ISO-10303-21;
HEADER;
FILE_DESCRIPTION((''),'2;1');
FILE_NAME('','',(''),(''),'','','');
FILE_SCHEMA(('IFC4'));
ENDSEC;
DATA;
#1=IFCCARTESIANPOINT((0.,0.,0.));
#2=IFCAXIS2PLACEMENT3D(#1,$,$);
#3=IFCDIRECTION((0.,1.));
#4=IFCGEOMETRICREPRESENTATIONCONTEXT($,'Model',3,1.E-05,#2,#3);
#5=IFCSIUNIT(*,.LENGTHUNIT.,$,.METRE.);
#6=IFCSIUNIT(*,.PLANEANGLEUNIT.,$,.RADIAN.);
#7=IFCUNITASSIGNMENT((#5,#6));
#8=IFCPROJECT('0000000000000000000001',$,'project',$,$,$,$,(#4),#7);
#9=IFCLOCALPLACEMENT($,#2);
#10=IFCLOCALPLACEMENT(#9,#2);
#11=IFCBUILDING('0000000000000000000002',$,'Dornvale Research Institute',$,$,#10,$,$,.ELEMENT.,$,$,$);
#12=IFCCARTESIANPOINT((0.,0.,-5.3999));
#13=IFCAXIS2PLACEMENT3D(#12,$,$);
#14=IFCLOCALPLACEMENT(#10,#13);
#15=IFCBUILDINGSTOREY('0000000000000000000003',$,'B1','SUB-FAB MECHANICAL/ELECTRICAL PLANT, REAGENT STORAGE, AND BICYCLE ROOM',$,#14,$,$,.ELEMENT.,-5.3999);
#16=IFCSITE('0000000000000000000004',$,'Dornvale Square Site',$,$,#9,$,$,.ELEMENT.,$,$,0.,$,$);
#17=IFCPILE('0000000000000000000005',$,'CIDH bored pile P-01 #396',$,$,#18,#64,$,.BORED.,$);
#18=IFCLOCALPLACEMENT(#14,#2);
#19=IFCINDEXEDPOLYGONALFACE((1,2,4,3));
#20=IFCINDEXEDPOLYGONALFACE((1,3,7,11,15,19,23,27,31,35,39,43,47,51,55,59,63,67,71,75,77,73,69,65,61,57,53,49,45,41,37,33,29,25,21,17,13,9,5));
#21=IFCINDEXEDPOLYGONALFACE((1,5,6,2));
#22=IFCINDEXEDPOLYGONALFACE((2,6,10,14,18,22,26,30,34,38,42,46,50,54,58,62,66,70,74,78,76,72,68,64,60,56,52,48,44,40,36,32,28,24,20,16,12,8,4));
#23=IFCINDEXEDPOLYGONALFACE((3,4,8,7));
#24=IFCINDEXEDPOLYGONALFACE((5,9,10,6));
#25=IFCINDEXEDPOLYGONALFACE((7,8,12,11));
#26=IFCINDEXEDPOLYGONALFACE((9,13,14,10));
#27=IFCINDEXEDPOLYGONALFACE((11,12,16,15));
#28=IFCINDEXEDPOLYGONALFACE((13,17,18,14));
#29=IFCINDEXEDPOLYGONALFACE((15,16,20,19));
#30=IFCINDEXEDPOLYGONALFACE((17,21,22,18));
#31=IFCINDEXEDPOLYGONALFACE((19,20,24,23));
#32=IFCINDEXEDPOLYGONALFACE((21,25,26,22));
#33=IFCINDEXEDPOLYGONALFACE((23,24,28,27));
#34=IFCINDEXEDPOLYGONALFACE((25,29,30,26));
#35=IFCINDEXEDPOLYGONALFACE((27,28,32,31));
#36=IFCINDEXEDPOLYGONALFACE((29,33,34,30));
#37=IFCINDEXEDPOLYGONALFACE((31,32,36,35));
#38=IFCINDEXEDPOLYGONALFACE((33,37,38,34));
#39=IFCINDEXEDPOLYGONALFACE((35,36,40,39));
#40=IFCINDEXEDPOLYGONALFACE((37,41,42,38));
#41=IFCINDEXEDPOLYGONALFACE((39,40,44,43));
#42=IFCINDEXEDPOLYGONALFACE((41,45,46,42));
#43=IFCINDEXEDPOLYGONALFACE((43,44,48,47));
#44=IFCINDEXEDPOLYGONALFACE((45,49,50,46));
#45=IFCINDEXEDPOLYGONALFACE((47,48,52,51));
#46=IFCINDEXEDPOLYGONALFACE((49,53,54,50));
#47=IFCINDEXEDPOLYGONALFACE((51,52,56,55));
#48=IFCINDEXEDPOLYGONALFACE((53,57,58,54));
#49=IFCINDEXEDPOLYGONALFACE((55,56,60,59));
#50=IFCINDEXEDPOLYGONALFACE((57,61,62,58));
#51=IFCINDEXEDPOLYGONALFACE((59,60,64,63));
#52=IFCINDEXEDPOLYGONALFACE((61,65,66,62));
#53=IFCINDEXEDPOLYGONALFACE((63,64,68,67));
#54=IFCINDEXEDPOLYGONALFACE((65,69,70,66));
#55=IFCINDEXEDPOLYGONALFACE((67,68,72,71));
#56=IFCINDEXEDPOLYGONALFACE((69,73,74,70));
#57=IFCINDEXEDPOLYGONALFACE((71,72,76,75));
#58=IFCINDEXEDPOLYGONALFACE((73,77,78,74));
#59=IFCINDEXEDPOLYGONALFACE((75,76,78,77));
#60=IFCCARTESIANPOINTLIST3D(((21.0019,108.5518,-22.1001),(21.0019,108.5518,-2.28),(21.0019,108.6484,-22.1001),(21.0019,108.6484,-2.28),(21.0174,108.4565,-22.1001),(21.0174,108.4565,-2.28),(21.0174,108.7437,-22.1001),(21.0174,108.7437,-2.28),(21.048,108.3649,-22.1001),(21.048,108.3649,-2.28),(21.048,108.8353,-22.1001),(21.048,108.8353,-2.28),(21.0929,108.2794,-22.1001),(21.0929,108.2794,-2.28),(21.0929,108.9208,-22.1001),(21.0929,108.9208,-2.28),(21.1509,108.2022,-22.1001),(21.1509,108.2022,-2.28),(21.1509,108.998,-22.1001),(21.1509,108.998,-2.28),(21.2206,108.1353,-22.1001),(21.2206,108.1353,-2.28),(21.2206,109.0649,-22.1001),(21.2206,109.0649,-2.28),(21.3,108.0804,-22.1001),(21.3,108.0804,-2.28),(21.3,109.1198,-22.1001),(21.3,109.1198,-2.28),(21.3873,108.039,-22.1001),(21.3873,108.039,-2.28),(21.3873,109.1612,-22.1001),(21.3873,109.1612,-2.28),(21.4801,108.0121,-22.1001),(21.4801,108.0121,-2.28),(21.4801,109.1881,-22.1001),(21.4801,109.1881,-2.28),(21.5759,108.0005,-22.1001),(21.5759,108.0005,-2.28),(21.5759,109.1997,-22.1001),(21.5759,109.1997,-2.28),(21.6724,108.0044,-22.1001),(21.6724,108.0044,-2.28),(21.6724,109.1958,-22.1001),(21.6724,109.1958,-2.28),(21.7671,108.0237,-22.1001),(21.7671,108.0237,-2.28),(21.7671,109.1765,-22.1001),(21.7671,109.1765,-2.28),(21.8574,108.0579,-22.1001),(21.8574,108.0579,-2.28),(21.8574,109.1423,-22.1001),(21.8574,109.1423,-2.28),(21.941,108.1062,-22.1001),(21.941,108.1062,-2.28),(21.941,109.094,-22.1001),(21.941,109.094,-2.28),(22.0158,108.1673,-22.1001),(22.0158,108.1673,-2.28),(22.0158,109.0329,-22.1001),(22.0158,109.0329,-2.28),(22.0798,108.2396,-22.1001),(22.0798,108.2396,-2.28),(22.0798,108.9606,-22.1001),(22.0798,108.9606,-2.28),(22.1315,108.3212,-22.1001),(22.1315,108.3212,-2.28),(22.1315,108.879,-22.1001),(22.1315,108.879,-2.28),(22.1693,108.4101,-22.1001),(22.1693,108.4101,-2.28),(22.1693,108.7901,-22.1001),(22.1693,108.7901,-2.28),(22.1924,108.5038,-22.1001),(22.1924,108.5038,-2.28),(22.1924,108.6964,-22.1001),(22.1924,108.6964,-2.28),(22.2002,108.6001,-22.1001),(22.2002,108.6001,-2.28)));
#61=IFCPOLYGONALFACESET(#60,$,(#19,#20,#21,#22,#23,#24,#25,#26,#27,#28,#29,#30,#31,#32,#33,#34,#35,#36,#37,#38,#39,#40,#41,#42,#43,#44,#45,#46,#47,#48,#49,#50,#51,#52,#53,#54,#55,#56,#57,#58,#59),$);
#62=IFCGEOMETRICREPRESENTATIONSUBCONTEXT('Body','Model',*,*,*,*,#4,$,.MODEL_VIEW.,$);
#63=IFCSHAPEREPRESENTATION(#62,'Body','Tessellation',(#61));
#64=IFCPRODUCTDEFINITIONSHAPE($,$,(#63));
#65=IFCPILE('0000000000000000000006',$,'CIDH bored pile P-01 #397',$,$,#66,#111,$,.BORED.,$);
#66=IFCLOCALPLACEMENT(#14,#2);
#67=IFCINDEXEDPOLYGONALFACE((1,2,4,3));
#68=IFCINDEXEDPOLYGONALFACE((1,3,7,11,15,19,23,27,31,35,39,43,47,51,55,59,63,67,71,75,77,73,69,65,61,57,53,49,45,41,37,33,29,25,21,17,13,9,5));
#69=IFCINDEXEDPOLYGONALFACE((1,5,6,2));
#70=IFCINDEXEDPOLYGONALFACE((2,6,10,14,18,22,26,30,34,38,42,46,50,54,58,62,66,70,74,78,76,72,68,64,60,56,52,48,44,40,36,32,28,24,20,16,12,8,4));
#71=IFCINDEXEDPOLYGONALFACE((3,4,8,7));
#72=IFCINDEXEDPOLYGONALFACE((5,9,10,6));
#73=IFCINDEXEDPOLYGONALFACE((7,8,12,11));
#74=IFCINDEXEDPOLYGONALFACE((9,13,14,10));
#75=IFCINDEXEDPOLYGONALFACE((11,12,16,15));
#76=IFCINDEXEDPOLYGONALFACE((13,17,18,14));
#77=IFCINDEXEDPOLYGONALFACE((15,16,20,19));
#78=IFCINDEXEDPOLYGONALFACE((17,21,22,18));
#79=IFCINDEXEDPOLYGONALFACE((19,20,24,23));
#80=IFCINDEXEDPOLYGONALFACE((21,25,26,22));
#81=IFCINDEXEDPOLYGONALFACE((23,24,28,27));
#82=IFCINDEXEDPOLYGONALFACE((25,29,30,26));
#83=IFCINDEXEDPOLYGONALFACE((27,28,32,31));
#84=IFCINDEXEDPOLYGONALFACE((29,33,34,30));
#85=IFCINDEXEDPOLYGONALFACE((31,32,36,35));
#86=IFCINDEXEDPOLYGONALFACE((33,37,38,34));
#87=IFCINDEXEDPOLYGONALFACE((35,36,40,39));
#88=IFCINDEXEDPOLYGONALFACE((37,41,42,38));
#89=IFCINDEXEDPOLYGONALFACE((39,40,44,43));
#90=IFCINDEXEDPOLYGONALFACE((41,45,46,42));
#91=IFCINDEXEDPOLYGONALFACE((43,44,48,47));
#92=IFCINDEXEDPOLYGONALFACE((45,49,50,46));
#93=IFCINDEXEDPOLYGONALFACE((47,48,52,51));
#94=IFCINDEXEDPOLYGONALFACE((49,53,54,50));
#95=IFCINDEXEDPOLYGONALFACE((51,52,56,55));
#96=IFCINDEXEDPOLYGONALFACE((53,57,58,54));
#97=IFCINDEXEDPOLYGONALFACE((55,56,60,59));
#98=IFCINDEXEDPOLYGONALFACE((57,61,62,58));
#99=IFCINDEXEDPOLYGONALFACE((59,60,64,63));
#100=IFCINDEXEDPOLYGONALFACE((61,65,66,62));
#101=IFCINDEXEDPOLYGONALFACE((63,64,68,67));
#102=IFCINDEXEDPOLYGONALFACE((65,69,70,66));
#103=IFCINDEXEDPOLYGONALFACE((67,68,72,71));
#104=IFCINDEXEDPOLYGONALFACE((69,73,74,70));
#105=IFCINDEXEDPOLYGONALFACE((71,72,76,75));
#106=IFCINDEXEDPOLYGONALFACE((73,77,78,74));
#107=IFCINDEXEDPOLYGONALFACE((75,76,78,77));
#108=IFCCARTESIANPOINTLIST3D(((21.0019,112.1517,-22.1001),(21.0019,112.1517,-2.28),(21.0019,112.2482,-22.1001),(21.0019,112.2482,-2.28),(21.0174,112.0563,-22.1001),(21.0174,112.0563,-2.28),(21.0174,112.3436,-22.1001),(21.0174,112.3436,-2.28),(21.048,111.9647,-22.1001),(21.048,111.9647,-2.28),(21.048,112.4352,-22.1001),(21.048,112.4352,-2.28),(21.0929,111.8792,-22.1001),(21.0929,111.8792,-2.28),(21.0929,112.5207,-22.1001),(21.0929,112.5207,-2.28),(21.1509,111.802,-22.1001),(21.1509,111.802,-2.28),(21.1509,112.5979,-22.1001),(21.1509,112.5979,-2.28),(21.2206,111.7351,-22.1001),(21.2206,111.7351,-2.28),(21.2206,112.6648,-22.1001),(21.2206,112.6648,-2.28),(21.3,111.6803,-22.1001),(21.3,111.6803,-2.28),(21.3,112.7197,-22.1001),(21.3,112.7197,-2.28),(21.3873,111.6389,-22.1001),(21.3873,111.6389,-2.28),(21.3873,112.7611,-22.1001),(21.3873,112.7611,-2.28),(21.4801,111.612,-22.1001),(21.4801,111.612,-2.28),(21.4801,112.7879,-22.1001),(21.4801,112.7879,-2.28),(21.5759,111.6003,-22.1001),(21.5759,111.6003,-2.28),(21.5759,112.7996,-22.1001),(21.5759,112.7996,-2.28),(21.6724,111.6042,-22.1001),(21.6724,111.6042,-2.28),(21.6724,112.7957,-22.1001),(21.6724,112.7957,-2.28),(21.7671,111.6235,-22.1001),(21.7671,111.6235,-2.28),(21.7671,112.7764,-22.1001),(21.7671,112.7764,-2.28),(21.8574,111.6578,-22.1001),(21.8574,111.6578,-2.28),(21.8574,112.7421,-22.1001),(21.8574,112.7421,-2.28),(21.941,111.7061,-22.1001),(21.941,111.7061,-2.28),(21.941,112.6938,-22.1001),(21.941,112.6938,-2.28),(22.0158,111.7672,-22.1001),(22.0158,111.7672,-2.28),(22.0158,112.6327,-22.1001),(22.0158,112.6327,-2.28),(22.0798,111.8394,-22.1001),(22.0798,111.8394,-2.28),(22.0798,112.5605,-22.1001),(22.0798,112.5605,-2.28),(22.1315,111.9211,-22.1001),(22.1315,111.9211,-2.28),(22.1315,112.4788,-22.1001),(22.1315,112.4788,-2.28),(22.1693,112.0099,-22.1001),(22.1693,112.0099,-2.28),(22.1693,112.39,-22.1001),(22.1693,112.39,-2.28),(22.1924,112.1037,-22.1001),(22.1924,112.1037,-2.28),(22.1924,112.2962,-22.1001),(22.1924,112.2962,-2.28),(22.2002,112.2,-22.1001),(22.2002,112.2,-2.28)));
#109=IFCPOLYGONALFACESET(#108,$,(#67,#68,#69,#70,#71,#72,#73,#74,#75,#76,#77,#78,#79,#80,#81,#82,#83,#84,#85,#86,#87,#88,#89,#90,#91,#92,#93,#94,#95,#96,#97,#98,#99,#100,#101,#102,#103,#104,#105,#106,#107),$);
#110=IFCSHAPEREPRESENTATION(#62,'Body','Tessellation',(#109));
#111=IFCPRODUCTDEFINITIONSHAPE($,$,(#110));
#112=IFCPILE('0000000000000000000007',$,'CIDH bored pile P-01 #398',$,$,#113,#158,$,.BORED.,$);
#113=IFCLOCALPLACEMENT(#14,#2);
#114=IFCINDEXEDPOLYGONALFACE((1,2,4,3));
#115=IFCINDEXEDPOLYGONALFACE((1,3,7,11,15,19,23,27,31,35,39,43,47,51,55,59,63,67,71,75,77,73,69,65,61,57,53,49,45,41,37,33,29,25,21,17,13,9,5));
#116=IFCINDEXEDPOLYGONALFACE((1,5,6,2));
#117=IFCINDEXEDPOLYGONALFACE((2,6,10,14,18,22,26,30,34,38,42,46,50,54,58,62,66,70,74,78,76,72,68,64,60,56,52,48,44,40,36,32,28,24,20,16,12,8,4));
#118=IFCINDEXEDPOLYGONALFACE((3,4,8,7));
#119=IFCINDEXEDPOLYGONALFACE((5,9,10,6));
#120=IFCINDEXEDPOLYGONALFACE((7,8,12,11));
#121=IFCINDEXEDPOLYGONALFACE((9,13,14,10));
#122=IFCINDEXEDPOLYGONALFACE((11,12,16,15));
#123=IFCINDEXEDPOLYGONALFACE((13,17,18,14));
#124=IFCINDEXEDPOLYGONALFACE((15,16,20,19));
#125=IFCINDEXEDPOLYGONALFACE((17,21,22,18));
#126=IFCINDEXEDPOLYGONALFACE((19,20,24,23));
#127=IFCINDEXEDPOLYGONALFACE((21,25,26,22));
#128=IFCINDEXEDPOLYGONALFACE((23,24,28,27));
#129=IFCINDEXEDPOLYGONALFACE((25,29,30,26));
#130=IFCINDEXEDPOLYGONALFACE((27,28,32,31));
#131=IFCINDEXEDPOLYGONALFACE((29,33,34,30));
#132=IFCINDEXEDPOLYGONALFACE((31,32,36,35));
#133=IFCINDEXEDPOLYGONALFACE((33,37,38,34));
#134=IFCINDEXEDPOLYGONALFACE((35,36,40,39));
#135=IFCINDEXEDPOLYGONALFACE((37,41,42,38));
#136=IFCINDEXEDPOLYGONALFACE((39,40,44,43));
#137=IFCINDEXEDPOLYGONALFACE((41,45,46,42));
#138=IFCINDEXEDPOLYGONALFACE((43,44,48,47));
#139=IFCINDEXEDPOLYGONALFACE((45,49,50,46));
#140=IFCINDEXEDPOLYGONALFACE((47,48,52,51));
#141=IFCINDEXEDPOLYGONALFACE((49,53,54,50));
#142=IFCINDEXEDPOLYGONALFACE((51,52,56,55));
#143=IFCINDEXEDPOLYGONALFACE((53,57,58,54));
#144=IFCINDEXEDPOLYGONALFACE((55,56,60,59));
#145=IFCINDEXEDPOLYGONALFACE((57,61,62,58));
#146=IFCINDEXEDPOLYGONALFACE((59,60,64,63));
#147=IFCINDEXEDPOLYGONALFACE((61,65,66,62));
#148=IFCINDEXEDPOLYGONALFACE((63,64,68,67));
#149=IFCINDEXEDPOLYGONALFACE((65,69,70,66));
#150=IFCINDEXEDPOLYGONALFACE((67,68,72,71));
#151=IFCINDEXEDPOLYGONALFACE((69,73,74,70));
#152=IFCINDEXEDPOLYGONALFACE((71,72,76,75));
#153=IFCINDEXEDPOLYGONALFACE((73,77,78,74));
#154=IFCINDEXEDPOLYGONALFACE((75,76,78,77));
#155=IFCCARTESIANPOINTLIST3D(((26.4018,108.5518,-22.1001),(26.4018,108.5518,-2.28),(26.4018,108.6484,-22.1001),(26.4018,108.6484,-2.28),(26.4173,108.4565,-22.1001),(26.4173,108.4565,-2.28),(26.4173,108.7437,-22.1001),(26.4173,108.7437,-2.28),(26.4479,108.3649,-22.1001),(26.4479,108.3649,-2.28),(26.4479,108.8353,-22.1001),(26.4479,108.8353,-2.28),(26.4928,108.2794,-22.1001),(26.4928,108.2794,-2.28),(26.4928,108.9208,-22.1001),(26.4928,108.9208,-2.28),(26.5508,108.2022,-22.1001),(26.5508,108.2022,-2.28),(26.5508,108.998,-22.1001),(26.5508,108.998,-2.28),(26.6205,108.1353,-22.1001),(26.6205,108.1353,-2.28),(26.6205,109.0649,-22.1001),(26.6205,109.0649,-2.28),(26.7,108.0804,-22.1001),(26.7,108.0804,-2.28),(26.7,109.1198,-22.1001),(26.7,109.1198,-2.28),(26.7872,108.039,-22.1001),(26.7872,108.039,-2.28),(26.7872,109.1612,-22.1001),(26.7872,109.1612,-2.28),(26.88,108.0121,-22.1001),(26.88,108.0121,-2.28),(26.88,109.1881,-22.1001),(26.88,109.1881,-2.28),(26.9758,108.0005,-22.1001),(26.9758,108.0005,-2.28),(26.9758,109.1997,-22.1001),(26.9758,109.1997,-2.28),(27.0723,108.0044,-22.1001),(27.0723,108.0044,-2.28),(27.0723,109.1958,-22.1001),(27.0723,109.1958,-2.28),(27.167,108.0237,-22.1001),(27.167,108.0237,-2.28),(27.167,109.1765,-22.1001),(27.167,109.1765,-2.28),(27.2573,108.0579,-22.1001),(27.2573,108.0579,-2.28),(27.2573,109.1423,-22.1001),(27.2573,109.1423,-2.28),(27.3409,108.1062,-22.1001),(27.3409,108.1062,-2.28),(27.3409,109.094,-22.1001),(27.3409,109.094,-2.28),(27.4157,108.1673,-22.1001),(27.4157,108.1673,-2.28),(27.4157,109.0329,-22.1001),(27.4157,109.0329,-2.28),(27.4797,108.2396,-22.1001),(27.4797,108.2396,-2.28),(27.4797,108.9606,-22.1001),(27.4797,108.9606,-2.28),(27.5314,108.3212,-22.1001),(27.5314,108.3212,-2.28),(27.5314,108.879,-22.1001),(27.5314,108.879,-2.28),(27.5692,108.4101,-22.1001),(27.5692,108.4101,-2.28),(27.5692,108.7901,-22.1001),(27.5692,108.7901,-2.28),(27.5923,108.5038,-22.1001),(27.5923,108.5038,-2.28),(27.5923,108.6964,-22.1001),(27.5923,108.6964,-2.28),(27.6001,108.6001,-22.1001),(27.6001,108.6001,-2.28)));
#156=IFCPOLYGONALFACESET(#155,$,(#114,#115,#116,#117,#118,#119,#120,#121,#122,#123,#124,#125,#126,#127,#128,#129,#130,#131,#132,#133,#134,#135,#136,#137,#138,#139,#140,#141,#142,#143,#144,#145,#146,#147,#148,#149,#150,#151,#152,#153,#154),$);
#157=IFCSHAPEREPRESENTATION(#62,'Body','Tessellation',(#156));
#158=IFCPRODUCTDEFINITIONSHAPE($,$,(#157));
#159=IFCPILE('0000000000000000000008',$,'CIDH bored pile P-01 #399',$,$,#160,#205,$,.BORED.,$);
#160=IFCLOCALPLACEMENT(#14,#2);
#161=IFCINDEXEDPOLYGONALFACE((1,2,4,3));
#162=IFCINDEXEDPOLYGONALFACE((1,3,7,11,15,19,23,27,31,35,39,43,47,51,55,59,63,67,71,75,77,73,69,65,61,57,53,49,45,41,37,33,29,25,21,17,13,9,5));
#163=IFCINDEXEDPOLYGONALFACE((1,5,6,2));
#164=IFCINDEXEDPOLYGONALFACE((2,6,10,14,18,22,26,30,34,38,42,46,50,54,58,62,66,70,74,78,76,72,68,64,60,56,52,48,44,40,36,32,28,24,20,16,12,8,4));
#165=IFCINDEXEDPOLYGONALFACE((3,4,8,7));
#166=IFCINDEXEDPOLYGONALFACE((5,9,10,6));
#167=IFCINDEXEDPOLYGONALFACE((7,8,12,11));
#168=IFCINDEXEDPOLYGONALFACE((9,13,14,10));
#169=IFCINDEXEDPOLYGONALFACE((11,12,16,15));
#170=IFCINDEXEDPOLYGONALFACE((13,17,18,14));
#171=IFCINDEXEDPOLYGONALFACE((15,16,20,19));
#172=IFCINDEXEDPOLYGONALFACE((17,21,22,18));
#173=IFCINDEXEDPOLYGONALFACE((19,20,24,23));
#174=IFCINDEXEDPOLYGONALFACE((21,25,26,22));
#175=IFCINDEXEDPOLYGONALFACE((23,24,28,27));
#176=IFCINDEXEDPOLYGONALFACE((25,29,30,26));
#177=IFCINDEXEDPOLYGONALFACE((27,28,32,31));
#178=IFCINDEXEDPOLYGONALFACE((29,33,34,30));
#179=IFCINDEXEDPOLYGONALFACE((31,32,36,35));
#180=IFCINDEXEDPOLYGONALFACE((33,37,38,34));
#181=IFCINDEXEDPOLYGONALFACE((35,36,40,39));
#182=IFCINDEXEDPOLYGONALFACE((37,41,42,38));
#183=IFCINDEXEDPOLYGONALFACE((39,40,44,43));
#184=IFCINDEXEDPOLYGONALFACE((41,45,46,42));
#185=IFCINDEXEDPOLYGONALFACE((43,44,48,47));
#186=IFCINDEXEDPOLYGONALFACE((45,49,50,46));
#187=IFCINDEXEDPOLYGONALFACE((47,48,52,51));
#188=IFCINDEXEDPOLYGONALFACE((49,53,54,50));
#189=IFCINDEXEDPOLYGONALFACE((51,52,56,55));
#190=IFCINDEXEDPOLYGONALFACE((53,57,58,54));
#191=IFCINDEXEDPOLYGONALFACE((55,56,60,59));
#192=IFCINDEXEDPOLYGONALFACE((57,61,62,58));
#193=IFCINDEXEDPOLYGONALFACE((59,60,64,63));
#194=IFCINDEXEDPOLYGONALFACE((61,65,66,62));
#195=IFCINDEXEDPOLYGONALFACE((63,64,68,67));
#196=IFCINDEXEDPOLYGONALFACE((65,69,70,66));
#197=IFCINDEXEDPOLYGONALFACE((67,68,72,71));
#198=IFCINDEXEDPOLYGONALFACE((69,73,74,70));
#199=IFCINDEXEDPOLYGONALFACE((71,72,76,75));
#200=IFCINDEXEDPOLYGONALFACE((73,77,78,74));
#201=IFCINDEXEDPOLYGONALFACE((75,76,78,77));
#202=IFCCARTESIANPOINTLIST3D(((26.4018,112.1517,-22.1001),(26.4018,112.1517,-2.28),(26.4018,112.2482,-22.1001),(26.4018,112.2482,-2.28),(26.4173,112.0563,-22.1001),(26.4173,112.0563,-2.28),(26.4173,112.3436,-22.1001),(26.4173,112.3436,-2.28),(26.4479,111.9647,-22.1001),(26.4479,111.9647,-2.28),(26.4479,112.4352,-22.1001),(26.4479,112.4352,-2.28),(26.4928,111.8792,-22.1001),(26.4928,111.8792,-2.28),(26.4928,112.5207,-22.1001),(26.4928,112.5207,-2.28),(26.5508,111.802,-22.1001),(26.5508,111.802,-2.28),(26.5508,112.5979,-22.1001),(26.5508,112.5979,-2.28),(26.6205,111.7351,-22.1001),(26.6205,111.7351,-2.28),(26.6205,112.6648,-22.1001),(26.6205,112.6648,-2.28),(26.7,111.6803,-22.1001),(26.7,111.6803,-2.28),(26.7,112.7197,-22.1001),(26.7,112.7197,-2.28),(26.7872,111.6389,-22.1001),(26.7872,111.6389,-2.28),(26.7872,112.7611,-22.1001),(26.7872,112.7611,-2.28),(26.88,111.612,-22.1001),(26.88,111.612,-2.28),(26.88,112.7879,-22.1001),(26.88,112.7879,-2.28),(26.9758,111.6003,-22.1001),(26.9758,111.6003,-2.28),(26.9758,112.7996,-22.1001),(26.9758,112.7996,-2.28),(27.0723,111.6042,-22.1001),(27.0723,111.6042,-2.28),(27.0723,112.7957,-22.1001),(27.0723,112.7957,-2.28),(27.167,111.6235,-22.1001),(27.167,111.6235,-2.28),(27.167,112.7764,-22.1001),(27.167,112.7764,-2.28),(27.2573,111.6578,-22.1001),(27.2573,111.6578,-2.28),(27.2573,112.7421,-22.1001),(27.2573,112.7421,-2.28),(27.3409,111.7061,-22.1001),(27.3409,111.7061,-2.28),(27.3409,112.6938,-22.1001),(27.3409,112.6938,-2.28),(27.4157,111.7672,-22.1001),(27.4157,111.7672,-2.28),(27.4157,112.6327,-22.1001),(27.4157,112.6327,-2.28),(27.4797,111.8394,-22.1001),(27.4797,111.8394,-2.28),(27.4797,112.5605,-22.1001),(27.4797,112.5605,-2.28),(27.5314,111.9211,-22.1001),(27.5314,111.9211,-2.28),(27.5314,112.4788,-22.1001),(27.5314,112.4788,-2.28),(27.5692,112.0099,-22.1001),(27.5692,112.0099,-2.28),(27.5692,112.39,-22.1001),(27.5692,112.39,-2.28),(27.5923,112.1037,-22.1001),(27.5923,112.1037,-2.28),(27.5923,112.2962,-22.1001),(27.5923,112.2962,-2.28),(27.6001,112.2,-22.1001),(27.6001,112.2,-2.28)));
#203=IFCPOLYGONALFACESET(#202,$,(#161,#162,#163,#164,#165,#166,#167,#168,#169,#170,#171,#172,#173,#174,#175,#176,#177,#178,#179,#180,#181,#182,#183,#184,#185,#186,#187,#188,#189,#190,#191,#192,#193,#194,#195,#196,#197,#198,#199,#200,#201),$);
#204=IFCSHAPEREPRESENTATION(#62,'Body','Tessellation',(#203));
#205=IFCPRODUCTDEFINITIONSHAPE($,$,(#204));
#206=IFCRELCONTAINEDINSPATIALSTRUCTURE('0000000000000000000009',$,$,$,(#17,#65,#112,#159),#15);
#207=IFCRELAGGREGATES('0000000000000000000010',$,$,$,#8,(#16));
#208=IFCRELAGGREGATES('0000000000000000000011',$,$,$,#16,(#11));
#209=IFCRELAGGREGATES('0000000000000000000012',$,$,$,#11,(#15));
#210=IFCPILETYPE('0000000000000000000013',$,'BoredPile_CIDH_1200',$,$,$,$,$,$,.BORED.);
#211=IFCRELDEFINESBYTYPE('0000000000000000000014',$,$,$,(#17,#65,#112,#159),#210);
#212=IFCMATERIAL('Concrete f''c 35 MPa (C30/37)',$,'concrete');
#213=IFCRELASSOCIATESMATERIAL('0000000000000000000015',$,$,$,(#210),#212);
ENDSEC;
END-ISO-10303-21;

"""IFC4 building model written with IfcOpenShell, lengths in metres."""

from ifc_helpers import new_model, si_unit, direction, frame, origin, origin_2d, place, context, subcontext, project, spatial, circle, extrude, material, material_profile, profile_set, type_object, element, save


model = new_model("IFC4")

# Units and contexts
model_context = context("Model", 3, precision=1e-05, world=origin(), true_north=direction((0.0, 1.0)))
body_context = subcontext(model_context, "Body", "Model", "MODEL_VIEW")
ifc_project = project(units=[si_unit("LENGTHUNIT", "METRE"), si_unit("PLANEANGLEUNIT", "RADIAN")], contexts=[model_context])

# Site, building, storey
site_placement = place(None, origin())
site = spatial("IfcSite", under=ifc_project, at=site_placement, Name="Dornvale Square Site", CompositionType="ELEMENT", RefElevation=0.0)
building_placement = place(site_placement, origin())
building = spatial("IfcBuilding", under=site, at=building_placement, Name="Dornvale Research Institute", CompositionType="ELEMENT")
storey_placement = place(building_placement, frame((0.0, 0.0, -5.3999)))
storey = spatial("IfcBuildingStorey", under=building, at=storey_placement, Name="B1", Description="SUB-FAB MECHANICAL/ELECTRICAL PLANT, REAGENT STORAGE, AND BICYCLE ROOM", CompositionType="ELEMENT", Elevation=-5.3999)

# Piles
ifc_material_1 = material(Name="Concrete f'c 35 MPa (C30/37)", Category="concrete")
ifc_material_profile_1 = material_profile(ifc_material_1, circle(Radius=0.6001, at=origin_2d()), Name="CIDH PILE D1200")
ifc_profile_set_1 = profile_set([ifc_material_profile_1], Name="Concrete f'c 35 MPa (C30/37)")
pile_type = type_object("IfcPileType", Name="BoredPile_CIDH_1200", PredefinedType="BORED", material=ifc_profile_set_1)
for number, where, z_axis, x_axis, name in (
    (1, (21.6001, 108.6001, -2.28), (0.0, 0.0, -1.0), (1.0, 0.0, 0.0), "CIDH bored pile P-01 #396"),
    (2, (21.6001, 112.2, -2.28), (0.0, 0.0, -1.0), (1.0, 0.0, 0.0), "CIDH bored pile P-01 #397"),
    (3, (27.0, 108.6001, -2.28), (0.0, 0.0, -1.0), (1.0, 0.0, 0.0), "CIDH bored pile P-01 #398"),
    (4, (27.0, 112.2, -2.28), (0.0, 0.0, -1.0), (1.0, 0.0, 0.0), "CIDH bored pile P-01 #399"),
):
    element("IfcPile", number, at=place(storey_placement, frame(where, z_axis=z_axis, x_axis=x_axis)), inside=storey, type_object=pile_type, Name=name, PredefinedType="BORED", context=body_context, shape_type="SweptSolid", body=[
        extrude(circle(Radius=0.6001, at=origin_2d()), origin(), (0.0, 0.0, 1.0), 19.8201),
    ])

save(model, "model.ifc")
